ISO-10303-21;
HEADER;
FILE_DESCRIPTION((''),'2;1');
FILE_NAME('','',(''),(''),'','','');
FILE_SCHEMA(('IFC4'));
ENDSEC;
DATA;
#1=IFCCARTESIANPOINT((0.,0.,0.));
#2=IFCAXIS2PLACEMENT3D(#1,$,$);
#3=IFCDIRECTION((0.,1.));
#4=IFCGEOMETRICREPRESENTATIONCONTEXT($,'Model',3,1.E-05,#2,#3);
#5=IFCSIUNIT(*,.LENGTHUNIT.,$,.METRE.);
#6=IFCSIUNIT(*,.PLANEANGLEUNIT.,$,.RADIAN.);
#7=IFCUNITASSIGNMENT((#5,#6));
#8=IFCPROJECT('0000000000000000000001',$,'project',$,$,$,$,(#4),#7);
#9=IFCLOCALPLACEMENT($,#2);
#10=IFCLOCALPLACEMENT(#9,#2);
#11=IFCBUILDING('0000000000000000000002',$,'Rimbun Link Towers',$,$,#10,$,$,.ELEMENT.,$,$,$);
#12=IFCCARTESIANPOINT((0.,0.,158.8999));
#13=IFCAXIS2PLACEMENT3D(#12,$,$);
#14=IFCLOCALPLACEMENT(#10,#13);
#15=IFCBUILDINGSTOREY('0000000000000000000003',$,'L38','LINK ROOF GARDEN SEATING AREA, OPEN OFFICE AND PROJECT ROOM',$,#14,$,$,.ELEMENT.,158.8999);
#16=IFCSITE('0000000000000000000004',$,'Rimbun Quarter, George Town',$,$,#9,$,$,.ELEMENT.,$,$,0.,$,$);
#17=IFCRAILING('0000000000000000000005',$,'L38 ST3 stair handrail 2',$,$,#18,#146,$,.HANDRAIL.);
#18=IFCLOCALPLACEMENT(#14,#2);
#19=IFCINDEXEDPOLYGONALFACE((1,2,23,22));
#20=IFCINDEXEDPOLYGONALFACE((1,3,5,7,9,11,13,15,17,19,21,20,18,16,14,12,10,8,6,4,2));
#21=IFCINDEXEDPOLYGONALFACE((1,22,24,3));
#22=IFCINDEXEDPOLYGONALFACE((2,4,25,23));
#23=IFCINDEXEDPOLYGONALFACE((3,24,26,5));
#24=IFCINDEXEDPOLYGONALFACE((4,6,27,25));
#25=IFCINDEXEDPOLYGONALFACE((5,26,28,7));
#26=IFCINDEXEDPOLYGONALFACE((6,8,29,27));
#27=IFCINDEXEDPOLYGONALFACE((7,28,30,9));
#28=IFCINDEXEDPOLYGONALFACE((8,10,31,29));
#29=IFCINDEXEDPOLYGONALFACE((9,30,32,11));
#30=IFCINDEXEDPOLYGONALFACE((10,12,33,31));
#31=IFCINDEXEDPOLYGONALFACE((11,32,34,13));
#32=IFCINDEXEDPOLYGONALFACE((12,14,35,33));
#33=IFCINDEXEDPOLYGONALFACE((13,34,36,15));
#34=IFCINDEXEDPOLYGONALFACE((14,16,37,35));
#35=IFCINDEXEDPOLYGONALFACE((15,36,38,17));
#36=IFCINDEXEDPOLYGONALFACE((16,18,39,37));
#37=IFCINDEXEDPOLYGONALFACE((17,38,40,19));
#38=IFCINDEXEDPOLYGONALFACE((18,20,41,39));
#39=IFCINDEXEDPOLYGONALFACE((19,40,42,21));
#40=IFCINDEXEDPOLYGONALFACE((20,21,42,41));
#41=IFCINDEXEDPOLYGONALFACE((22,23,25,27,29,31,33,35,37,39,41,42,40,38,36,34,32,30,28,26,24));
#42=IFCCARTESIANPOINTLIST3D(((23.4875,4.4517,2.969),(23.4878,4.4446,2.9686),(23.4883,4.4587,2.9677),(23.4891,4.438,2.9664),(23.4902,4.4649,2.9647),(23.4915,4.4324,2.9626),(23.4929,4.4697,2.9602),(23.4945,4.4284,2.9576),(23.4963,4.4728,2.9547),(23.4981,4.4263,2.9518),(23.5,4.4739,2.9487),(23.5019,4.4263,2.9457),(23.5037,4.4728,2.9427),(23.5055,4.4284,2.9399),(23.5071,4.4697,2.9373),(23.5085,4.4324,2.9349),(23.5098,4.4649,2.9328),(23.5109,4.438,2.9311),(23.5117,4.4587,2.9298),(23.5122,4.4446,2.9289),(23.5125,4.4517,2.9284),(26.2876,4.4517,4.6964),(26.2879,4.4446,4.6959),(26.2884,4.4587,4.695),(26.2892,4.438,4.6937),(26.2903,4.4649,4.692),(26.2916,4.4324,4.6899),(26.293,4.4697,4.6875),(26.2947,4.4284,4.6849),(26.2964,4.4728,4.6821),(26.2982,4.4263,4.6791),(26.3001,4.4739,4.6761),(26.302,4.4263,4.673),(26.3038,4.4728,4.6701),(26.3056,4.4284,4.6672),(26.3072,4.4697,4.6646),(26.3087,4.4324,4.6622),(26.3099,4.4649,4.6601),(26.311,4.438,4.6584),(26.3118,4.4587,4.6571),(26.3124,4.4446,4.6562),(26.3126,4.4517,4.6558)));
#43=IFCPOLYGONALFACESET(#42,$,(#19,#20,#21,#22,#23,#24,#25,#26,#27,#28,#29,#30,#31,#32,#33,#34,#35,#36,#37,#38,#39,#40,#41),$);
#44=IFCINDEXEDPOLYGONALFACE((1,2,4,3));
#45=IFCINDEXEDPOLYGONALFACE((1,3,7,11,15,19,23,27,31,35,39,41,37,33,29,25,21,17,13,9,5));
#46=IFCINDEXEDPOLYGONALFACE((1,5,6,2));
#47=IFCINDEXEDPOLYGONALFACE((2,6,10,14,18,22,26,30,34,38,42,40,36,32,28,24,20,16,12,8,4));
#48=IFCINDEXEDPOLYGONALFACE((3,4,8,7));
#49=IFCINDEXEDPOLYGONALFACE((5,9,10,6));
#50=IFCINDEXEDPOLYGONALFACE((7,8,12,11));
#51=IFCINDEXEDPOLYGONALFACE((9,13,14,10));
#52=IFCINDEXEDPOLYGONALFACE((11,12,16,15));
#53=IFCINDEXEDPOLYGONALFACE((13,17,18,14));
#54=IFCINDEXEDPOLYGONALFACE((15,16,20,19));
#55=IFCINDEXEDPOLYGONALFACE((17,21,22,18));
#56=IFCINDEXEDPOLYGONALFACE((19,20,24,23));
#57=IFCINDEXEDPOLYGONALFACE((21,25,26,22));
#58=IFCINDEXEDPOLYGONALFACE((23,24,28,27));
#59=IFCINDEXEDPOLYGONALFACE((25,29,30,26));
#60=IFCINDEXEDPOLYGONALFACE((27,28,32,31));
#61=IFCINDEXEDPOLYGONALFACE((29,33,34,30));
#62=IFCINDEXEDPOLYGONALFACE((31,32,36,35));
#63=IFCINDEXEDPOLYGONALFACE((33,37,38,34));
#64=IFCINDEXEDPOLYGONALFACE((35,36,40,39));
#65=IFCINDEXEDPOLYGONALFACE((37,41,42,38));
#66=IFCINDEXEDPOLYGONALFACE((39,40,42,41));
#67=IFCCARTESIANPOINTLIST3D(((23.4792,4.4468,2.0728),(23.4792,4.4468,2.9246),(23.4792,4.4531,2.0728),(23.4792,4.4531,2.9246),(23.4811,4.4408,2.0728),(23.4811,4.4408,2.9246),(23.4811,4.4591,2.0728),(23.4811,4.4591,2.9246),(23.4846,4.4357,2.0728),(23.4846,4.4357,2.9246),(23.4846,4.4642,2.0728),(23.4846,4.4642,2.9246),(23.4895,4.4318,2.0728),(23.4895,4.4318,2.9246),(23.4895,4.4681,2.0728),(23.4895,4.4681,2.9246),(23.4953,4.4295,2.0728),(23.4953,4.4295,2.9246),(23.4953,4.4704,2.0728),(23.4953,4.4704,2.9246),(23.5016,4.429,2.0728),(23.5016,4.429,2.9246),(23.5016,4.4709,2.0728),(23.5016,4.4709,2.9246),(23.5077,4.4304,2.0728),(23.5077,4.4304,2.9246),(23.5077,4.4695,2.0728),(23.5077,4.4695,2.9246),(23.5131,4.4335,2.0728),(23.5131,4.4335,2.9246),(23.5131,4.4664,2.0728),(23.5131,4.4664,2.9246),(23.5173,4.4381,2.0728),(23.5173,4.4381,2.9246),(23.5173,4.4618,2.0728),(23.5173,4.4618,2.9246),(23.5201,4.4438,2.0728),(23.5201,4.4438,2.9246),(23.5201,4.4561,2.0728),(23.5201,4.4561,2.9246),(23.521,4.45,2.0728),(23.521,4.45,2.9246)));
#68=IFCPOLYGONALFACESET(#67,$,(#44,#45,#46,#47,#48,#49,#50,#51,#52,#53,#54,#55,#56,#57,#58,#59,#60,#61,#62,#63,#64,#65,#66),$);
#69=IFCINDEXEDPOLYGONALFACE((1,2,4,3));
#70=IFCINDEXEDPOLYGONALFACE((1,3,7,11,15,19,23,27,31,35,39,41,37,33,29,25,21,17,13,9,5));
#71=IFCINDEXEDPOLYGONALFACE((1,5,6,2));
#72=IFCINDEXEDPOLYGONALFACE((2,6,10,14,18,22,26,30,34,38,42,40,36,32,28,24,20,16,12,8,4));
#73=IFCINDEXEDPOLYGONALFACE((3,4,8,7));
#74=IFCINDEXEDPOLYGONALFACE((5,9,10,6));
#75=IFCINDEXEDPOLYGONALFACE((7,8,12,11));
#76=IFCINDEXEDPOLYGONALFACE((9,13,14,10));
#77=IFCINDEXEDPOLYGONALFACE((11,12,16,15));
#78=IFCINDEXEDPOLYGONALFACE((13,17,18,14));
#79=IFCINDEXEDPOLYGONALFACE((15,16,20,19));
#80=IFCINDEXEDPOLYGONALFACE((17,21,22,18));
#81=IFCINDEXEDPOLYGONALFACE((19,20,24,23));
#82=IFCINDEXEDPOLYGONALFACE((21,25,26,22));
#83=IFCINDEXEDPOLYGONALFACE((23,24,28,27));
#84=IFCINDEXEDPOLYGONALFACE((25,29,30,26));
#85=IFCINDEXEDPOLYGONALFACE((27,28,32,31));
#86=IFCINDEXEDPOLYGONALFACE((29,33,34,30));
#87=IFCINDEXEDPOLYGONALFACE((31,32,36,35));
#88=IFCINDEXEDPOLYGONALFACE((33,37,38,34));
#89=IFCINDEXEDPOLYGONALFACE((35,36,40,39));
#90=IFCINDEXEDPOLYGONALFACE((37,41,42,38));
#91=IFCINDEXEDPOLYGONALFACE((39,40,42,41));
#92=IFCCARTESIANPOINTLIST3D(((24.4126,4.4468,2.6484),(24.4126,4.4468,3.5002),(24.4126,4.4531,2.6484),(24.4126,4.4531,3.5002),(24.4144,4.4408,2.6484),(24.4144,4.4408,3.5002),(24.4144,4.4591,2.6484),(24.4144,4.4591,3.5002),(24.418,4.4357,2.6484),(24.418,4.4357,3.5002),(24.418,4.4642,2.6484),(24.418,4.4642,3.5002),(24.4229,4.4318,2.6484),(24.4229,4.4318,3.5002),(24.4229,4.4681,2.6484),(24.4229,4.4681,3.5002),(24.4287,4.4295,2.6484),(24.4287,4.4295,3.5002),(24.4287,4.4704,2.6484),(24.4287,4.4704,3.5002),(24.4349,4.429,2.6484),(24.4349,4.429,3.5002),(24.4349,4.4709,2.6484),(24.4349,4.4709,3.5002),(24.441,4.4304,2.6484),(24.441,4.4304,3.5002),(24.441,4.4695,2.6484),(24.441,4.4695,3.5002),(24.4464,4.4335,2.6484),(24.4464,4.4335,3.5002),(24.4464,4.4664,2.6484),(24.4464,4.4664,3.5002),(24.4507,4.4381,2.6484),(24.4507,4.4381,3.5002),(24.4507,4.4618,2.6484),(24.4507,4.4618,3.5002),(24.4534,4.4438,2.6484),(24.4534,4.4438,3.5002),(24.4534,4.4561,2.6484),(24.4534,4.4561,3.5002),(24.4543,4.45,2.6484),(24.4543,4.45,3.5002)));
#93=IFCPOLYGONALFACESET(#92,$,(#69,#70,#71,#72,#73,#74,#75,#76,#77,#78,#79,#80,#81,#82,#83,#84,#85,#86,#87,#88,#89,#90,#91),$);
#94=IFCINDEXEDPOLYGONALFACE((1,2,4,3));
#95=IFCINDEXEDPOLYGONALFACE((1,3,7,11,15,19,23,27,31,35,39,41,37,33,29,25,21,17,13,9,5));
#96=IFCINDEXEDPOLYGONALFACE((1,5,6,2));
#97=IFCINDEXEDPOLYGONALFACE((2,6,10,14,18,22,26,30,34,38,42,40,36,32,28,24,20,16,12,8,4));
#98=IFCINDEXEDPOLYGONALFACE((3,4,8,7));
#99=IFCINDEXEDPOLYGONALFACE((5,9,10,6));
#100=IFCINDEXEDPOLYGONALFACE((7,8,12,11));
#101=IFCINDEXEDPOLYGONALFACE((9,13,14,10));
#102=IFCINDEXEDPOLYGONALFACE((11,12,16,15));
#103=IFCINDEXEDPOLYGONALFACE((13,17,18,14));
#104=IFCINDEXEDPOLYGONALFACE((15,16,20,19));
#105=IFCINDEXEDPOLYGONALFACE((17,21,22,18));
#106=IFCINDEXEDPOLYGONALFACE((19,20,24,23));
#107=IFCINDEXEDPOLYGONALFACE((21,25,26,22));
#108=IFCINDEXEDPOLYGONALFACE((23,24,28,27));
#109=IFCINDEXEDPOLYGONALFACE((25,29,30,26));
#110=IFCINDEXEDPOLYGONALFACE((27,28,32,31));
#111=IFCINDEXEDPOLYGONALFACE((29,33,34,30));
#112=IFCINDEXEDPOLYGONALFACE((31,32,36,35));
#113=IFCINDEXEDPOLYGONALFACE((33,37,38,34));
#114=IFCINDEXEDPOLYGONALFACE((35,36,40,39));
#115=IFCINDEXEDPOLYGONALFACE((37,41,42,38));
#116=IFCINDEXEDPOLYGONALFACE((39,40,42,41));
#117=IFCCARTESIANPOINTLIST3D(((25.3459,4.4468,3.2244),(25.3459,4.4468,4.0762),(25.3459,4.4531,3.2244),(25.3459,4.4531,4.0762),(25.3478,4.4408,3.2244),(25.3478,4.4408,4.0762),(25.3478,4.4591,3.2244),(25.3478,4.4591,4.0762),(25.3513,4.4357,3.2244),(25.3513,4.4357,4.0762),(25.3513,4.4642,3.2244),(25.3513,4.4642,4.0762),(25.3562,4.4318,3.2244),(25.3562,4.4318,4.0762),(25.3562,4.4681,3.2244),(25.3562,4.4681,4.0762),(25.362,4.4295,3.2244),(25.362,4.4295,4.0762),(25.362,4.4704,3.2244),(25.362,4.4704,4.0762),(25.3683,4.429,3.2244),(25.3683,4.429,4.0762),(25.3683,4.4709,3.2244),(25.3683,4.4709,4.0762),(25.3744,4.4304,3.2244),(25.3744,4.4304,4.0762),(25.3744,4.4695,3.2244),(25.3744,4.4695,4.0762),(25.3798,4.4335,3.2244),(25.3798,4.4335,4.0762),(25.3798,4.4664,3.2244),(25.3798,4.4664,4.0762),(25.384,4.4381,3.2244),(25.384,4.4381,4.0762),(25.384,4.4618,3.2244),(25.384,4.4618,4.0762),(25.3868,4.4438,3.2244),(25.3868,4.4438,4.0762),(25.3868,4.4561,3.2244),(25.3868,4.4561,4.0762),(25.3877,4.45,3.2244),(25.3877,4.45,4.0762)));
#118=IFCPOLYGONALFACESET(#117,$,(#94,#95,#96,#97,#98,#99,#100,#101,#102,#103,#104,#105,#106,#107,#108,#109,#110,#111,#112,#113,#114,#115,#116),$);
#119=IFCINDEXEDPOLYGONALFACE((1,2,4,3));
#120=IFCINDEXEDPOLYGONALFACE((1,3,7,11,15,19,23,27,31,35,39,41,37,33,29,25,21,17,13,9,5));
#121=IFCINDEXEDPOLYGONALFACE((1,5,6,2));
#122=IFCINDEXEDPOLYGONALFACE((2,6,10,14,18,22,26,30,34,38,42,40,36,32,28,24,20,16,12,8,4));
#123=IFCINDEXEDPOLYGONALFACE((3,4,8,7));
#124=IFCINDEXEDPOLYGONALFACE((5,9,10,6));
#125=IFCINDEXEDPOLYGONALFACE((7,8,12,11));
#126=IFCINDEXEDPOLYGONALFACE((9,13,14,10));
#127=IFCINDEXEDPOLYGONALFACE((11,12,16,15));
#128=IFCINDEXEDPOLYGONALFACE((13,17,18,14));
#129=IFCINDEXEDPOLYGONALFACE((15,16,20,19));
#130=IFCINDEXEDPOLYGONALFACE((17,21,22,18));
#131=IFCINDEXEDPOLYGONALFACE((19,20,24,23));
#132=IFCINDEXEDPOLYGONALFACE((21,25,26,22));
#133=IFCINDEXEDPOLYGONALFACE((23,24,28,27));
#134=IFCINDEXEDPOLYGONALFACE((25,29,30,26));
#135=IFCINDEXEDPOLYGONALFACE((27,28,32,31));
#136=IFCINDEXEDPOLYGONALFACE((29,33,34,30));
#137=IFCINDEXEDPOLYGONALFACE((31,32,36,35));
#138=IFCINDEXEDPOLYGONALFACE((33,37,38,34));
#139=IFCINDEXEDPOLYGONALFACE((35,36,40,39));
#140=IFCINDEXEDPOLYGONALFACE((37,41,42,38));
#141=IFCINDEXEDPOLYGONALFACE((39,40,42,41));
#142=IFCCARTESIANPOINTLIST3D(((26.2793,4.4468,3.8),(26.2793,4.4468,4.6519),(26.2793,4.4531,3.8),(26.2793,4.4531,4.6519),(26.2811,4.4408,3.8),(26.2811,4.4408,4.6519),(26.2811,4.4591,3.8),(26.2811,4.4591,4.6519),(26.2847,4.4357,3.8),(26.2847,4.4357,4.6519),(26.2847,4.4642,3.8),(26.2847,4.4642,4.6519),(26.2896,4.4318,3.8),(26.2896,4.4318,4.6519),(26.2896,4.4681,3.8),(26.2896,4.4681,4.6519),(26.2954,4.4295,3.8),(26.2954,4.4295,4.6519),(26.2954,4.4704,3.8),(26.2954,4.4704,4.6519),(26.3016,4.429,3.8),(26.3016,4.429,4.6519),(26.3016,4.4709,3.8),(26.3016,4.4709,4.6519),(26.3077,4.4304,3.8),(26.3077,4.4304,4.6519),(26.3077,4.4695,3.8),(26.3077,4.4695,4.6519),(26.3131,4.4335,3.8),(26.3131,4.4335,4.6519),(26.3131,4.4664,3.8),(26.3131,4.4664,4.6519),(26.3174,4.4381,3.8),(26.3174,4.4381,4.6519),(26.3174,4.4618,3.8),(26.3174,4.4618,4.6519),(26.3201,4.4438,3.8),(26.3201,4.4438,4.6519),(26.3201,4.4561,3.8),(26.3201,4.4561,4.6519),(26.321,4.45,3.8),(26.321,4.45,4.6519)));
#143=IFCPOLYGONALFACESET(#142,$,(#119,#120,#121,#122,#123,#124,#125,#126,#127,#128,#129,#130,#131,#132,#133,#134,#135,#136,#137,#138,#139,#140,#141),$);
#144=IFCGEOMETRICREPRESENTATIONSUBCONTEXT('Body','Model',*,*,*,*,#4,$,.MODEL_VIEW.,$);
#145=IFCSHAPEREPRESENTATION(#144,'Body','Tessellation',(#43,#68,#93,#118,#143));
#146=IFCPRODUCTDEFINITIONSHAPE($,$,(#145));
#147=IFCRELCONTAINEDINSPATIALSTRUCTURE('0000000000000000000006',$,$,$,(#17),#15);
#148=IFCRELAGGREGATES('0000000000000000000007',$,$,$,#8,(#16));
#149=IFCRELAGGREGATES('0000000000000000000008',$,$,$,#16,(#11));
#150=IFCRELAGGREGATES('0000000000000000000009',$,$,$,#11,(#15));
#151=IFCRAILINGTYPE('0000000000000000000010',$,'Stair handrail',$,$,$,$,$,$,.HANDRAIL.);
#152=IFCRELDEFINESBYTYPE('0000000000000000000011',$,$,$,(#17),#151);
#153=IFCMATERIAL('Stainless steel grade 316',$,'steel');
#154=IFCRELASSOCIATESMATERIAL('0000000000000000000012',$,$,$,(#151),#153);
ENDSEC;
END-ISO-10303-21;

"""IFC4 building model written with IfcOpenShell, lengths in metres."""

from ifc_helpers import new_model, si_unit, direction, frame, origin, origin_2d, place, context, subcontext, project, spatial, circle, extrude, material, type_object, element, save


model = new_model("IFC4")

# Units and contexts
model_context = context("Model", 3, precision=1e-05, world=origin(), true_north=direction((0.0, 1.0)))
body_context = subcontext(model_context, "Body", "Model", "MODEL_VIEW")
ifc_project = project(units=[si_unit("LENGTHUNIT", "METRE"), si_unit("PLANEANGLEUNIT", "RADIAN")], contexts=[model_context])

# Site, building, storey
site_placement = place(None, origin())
site = spatial("IfcSite", under=ifc_project, at=site_placement, Name="Rimbun Quarter, George Town", CompositionType="ELEMENT", RefElevation=0.0)
building_placement = place(site_placement, origin())
building = spatial("IfcBuilding", under=site, at=building_placement, Name="Rimbun Link Towers", CompositionType="ELEMENT")
storey_placement = place(building_placement, frame((0.0, 0.0, 158.8999)))
storey = spatial("IfcBuildingStorey", under=building, at=storey_placement, Name="L38", Description="LINK ROOF GARDEN SEATING AREA, OPEN OFFICE AND PROJECT ROOM", CompositionType="ELEMENT", Elevation=158.8999)

# Railing
ifc_material_1 = material(Name="Stainless steel grade 316", Category="steel")
railing_type_1 = type_object("IfcRailingType", Name="Stair handrail", PredefinedType="HANDRAIL", material=ifc_material_1)
railing_1_placement = place(storey_placement, frame((23.5, 4.45, 2.0728)))
element("IfcRailing", 1, at=railing_1_placement, inside=storey, type_object=railing_type_1, Name="L38 ST3 stair handrail 2", PredefinedType="HANDRAIL", context=body_context, shape_type="SweptSolid", body=[
    extrude(circle(Radius=0.0239, at=origin_2d()), frame((0.0, 0.0, 0.876), z_axis=(0.85109, 0.0, 0.52502), x_axis=(0.0, 1.0, 0.0)), (0.0, 0.0, 1.0), 3.29),
    extrude(circle(Radius=0.021, at=origin_2d()), origin(), (0.0, 0.0, 1.0), 0.8518),
    extrude(circle(Radius=0.021, at=origin_2d()), frame((0.9333, 0.0, 0.5757)), (0.0, 0.0, 1.0), 0.8518),
    extrude(circle(Radius=0.021, at=origin_2d()), frame((1.8667, 0.0, 1.1516)), (0.0, 0.0, 1.0), 0.8518),
    extrude(circle(Radius=0.021, at=origin_2d()), frame((2.8, 0.0, 1.7273)), (0.0, 0.0, 1.0), 0.8518),
])

save(model, "model.ifc")
